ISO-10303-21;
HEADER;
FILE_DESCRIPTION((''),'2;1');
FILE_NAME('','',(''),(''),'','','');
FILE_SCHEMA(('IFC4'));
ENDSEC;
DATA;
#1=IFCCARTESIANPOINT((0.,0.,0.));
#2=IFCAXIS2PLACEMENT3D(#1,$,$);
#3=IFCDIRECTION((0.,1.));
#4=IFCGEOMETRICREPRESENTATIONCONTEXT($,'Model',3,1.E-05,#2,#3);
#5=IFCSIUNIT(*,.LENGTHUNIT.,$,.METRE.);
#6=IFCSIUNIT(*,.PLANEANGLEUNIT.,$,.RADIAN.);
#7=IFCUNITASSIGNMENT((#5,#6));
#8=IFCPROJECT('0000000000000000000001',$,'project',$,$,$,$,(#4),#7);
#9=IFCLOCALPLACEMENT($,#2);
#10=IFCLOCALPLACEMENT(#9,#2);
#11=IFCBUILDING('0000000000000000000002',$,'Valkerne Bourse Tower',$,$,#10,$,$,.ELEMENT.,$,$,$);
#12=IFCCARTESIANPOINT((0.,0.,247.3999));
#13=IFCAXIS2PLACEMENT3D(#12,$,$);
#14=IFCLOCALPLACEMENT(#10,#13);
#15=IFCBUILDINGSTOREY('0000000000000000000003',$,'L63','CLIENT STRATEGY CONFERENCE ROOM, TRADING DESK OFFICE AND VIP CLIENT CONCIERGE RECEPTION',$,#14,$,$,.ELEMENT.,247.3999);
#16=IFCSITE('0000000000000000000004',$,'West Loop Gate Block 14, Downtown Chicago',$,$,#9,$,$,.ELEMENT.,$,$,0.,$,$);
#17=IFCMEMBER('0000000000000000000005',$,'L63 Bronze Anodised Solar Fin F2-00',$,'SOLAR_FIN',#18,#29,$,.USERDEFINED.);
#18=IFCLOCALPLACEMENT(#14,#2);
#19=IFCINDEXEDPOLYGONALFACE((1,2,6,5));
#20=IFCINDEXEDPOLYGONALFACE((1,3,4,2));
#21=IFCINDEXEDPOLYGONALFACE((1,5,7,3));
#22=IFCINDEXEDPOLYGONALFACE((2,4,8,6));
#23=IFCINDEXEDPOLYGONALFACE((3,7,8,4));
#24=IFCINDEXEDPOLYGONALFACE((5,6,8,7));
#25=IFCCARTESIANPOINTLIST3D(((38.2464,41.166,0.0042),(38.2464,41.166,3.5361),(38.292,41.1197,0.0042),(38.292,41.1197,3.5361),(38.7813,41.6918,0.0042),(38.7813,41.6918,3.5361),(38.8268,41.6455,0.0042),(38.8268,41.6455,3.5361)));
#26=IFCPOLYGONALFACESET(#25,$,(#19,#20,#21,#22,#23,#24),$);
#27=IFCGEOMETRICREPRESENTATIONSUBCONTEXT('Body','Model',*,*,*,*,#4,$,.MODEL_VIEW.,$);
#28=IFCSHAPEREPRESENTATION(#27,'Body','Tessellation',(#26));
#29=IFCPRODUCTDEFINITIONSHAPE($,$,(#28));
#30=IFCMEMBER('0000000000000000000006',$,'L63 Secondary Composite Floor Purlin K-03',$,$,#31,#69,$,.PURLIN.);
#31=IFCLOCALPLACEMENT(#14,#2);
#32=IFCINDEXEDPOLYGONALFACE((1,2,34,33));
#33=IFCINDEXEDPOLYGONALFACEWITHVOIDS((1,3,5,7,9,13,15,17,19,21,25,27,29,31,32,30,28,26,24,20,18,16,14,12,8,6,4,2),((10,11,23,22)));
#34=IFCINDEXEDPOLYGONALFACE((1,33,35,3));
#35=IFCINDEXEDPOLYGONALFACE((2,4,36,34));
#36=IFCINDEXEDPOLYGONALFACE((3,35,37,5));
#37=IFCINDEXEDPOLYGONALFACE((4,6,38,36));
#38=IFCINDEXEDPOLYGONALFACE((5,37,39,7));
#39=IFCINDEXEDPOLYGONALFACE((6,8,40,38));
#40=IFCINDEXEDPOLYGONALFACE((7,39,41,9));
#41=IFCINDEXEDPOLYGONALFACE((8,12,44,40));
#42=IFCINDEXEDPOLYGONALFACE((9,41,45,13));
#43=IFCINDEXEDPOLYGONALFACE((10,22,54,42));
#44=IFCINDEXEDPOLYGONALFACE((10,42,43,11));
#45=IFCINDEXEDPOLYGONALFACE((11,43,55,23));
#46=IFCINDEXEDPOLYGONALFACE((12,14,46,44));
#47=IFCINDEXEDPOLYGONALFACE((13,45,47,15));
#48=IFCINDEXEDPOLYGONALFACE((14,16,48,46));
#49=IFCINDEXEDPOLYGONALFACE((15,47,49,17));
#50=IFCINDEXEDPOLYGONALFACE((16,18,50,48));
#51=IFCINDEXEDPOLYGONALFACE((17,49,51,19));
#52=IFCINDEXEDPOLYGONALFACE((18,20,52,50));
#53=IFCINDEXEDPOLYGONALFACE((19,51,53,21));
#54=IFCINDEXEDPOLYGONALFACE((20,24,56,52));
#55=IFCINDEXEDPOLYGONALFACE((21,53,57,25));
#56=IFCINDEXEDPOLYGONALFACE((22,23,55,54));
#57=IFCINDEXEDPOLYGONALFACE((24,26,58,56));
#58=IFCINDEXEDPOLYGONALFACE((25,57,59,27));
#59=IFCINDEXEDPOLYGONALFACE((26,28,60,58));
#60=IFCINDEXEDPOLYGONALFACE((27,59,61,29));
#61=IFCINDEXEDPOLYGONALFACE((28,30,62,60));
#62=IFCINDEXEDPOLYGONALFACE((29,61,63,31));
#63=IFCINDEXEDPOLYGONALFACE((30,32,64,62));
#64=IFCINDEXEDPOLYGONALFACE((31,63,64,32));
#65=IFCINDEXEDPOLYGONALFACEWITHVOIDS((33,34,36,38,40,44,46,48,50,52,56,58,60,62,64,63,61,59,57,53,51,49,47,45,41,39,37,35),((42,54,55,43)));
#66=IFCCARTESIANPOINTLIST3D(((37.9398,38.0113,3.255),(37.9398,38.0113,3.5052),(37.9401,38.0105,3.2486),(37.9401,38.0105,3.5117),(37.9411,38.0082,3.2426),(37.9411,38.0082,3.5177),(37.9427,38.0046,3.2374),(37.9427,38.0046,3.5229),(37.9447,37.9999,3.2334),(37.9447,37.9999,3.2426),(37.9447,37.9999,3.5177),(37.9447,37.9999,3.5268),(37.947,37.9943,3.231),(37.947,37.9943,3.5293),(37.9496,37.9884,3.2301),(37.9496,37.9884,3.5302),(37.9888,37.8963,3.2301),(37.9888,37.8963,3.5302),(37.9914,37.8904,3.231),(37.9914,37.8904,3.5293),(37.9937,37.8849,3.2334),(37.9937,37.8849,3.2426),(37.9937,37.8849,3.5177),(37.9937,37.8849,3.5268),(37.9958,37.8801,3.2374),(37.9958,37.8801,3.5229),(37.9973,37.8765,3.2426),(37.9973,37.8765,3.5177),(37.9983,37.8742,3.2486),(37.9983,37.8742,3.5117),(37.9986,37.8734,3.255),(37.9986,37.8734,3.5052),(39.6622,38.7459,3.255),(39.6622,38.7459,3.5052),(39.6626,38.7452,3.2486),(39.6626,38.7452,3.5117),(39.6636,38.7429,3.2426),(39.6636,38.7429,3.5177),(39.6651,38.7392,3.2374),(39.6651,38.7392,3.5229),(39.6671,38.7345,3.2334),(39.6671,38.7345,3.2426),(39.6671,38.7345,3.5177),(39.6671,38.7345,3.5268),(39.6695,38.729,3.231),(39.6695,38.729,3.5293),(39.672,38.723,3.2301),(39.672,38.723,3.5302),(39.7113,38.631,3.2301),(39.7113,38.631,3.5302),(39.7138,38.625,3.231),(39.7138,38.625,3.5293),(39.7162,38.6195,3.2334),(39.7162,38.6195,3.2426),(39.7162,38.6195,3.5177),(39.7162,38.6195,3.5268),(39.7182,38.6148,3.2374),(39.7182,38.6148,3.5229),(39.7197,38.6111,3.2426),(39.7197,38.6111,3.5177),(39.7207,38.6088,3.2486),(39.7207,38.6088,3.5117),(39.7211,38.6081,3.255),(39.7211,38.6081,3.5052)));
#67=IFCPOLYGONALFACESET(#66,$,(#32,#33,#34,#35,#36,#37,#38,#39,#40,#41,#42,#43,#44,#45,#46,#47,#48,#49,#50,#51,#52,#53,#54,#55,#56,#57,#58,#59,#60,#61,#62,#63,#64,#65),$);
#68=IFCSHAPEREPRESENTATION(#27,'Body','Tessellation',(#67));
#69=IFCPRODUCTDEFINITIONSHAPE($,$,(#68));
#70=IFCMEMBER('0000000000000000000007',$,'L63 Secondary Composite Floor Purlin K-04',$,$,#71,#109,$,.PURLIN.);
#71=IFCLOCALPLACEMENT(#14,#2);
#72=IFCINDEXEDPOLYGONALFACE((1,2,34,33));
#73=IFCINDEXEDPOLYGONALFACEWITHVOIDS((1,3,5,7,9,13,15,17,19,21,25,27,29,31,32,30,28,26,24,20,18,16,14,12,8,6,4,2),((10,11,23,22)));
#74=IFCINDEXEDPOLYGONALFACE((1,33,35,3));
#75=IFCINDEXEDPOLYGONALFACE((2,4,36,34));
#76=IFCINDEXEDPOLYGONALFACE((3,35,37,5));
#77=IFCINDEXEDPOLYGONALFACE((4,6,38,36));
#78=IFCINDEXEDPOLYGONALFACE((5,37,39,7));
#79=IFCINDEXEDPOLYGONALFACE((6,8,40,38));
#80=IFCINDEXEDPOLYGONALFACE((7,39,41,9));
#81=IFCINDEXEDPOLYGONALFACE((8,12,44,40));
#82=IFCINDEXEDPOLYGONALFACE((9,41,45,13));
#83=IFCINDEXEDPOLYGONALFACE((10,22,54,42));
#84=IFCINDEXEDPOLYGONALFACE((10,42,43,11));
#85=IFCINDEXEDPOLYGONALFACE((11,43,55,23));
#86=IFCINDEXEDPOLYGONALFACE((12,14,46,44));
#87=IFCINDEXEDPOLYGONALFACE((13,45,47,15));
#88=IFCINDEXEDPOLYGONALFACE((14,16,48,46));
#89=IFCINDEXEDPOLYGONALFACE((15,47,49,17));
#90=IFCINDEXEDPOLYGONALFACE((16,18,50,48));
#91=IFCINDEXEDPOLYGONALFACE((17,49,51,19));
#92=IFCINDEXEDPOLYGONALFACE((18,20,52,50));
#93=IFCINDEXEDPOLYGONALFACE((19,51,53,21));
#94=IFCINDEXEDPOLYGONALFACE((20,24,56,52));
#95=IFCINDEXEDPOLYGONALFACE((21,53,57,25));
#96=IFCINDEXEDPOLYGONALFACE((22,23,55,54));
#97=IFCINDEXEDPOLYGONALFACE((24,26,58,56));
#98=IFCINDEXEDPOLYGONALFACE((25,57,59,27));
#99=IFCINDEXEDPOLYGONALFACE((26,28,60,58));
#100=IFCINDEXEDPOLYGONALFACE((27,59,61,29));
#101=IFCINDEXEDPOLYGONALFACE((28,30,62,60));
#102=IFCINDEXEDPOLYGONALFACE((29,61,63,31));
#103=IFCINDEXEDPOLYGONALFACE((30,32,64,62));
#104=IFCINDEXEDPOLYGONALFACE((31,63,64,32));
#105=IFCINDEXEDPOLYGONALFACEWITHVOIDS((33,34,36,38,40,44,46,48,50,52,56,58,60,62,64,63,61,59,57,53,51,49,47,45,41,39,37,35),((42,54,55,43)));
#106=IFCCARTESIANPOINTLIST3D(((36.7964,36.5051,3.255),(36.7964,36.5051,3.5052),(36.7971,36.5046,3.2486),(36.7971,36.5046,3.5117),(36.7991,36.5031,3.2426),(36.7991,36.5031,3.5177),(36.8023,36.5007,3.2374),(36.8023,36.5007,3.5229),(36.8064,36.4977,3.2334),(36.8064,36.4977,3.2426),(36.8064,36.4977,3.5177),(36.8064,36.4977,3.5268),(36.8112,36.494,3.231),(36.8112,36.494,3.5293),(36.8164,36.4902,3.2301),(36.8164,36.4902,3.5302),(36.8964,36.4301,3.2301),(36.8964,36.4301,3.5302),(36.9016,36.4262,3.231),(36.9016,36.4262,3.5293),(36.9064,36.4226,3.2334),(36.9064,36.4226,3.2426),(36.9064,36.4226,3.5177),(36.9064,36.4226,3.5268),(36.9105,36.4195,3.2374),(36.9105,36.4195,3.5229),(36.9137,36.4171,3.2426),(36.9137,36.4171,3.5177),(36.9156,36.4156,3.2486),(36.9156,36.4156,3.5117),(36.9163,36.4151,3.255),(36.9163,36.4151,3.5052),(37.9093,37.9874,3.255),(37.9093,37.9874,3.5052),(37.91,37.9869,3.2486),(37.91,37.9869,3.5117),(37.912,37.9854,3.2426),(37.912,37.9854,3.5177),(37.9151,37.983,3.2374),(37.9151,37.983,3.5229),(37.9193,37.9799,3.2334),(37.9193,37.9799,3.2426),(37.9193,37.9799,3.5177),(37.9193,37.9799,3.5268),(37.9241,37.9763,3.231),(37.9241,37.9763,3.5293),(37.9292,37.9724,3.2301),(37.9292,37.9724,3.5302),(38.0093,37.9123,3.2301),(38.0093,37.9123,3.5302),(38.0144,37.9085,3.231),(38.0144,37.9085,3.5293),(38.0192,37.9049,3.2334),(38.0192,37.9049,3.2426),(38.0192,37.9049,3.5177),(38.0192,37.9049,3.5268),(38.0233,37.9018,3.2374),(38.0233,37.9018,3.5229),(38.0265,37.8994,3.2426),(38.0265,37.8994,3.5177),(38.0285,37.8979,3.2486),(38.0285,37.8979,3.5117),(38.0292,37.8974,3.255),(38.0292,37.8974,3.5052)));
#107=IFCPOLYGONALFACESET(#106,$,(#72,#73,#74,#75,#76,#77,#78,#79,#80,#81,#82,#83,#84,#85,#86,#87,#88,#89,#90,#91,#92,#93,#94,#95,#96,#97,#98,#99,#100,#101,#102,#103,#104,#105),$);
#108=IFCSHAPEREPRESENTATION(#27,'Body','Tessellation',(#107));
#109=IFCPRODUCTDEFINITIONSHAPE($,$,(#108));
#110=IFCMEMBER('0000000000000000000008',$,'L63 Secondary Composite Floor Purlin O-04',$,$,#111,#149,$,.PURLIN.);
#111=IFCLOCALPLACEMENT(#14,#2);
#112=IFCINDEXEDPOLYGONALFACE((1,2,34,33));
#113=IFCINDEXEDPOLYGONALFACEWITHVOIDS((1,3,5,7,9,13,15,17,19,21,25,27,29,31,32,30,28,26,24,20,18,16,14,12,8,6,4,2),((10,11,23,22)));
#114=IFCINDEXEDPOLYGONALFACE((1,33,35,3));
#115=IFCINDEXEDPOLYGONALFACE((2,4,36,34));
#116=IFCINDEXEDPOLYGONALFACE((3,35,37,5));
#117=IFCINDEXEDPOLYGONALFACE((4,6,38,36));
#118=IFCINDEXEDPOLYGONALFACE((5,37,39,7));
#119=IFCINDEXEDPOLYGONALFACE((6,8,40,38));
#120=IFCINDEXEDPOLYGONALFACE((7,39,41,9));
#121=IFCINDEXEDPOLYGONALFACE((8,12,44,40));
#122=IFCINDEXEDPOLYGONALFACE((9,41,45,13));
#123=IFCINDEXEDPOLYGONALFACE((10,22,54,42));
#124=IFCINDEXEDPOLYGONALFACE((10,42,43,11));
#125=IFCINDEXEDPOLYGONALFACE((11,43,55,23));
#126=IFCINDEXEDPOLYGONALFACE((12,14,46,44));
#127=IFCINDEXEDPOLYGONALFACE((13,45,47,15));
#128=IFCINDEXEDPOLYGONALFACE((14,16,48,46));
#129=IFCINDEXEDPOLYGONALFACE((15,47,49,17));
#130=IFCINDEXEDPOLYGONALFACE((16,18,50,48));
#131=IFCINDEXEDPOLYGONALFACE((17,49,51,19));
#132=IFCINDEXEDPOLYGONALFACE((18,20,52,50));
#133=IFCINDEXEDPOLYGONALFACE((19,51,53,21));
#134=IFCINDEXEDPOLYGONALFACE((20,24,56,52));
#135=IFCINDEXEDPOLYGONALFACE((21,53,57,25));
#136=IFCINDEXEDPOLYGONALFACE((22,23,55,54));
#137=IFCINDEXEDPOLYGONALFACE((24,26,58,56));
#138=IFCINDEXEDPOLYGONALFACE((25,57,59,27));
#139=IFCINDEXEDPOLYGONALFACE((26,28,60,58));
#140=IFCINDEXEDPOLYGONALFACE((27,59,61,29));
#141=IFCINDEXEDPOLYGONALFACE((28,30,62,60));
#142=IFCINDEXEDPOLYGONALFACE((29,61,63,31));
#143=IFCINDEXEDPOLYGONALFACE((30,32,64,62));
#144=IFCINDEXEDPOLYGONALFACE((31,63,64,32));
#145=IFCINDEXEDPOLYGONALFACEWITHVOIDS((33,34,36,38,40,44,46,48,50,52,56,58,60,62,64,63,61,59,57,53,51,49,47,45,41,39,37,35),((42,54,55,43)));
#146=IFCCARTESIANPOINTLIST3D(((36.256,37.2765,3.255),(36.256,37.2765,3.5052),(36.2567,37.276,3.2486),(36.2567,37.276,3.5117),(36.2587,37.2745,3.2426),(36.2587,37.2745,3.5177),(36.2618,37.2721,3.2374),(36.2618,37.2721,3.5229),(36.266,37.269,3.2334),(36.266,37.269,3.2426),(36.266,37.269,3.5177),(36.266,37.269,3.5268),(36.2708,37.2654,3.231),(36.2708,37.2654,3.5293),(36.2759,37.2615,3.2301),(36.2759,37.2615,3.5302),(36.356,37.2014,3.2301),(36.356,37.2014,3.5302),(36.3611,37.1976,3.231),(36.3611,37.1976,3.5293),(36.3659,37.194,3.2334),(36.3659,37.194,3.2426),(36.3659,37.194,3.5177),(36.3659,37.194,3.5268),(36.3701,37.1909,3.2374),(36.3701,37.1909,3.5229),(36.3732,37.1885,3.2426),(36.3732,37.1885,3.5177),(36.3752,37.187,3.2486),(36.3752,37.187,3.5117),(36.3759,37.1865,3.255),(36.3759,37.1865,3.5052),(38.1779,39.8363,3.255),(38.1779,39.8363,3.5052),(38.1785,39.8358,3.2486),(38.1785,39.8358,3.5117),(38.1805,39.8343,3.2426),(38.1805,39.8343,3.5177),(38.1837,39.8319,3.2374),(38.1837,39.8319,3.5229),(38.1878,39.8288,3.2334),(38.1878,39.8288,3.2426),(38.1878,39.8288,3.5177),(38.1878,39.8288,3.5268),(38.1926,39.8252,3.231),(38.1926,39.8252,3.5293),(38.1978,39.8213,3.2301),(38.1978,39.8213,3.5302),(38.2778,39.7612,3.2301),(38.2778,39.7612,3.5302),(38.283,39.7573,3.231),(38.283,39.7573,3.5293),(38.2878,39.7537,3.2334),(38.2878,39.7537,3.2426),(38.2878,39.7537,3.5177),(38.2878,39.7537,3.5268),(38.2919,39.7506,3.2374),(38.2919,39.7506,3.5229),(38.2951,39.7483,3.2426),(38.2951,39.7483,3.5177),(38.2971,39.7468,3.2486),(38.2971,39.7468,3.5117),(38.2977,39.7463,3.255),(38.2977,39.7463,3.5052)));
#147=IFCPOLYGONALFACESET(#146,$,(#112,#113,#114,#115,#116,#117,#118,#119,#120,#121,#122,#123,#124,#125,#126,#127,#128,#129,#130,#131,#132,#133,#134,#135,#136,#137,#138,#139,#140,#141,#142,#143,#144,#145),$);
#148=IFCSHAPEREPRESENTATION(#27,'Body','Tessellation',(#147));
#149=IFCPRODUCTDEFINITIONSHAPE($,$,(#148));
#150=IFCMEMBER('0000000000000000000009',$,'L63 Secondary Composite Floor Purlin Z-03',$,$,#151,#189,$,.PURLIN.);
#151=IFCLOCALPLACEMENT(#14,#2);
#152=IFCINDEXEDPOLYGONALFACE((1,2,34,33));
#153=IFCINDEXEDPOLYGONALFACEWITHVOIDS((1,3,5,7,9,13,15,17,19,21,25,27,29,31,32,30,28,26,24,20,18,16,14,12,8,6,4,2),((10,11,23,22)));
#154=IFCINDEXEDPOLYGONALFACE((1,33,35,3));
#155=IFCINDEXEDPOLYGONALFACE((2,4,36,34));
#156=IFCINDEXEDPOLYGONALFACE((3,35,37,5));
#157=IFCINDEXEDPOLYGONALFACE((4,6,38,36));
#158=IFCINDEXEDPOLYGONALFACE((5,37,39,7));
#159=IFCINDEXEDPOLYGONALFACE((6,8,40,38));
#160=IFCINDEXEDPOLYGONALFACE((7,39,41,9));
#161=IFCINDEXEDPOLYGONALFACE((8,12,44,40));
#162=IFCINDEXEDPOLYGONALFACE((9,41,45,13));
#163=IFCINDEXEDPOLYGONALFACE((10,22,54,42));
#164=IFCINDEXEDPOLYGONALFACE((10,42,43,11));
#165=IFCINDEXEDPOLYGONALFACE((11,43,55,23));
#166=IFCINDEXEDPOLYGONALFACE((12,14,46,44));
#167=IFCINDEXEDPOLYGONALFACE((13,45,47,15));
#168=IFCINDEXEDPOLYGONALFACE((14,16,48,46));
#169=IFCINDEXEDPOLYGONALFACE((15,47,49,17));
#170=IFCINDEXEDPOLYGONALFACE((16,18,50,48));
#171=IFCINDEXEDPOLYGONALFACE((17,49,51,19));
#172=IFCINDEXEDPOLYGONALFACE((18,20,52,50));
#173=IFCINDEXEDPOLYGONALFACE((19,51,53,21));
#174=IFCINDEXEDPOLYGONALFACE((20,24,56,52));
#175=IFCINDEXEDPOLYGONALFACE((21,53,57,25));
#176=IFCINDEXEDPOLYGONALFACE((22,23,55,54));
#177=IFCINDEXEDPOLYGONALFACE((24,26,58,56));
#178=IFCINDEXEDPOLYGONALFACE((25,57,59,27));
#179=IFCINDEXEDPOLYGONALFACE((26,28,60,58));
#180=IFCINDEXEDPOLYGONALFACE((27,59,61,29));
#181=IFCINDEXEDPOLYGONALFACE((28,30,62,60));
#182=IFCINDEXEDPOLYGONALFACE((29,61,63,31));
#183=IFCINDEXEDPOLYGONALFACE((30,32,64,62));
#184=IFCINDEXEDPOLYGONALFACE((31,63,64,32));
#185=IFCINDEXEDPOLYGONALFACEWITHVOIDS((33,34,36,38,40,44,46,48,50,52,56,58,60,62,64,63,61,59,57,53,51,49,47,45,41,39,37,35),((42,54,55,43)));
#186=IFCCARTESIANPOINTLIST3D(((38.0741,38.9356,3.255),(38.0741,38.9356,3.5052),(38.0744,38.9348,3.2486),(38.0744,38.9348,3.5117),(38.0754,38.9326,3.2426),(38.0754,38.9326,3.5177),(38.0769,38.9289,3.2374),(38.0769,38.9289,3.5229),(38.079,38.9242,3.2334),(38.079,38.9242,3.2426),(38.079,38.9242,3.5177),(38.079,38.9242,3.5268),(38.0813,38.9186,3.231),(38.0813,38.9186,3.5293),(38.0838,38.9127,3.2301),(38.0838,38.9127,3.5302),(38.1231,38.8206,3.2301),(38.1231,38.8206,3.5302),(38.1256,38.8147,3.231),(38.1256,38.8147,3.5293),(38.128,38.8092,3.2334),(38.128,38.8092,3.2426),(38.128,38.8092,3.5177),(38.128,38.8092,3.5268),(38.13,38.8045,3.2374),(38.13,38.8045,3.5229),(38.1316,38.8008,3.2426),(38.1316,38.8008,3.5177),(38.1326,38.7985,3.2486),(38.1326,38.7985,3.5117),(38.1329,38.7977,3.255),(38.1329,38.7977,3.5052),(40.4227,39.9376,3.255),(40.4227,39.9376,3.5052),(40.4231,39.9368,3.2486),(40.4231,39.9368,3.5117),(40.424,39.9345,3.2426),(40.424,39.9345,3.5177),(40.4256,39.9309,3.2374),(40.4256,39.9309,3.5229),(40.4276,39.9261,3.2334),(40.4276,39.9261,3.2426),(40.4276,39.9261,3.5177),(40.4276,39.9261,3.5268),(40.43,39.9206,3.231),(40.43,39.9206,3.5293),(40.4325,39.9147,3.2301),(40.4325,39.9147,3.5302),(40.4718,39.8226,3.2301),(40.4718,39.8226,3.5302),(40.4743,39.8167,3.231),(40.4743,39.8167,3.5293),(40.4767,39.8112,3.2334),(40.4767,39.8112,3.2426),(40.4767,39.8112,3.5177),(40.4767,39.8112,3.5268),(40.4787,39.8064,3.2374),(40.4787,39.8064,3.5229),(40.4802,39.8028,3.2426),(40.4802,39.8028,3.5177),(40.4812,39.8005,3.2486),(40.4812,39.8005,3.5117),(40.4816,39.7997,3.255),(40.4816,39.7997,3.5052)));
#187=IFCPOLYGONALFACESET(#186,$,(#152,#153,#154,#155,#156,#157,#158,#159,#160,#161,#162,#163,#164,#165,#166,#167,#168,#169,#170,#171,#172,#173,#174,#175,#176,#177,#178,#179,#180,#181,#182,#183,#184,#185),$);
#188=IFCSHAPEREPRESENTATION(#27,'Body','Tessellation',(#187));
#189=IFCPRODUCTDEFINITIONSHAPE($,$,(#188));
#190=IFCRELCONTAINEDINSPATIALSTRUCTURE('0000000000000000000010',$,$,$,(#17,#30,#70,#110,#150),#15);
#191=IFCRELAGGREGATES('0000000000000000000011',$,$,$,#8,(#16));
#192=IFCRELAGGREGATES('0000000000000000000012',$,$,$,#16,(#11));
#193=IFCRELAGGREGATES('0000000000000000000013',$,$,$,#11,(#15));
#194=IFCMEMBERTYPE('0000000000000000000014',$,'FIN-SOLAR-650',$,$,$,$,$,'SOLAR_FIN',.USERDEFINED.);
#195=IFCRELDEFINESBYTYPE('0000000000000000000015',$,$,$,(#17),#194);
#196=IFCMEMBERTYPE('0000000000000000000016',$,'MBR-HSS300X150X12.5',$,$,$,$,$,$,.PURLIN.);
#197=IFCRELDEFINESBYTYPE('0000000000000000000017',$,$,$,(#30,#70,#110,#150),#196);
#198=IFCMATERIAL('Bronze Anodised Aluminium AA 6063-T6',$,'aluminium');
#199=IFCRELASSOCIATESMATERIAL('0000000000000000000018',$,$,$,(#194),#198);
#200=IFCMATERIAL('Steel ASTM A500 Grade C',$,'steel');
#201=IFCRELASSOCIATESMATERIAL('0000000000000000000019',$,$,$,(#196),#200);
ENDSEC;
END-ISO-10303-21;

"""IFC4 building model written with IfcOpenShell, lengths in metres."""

from ifc_helpers import new_model, si_unit, direction, frame, origin, origin_2d, place, context, subcontext, project, spatial, rectangle, hollow_rectangle, extrude, material, material_profile, profile_set, type_object, element, save


model = new_model("IFC4")

# Units and contexts
model_context = context("Model", 3, precision=1e-05, world=origin(), true_north=direction((0.0, 1.0)))
body_context = subcontext(model_context, "Body", "Model", "MODEL_VIEW")
ifc_project = project(units=[si_unit("LENGTHUNIT", "METRE"), si_unit("PLANEANGLEUNIT", "RADIAN")], contexts=[model_context])

# Site, building, storey
site_placement = place(None, origin())
site = spatial("IfcSite", under=ifc_project, at=site_placement, Name="West Loop Gate Block 14, Downtown Chicago", CompositionType="ELEMENT", RefElevation=0.0)
building_placement = place(site_placement, origin())
building = spatial("IfcBuilding", under=site, at=building_placement, Name="Valkerne Bourse Tower", CompositionType="ELEMENT")
storey_placement = place(building_placement, frame((0.0, 0.0, 247.3999)))
storey = spatial("IfcBuildingStorey", under=building, at=storey_placement, Name="L63", Description="CLIENT STRATEGY CONFERENCE ROOM, TRADING DESK OFFICE AND VIP CLIENT CONCIERGE RECEPTION", CompositionType="ELEMENT", Elevation=247.3999)

# Members
ifc_material_1 = material(Name="Bronze Anodised Aluminium AA 6063-T6", Category="aluminium")
ifc_material_profile_1 = material_profile(ifc_material_1, rectangle(XDim=0.0649, YDim=0.75, at=origin_2d()), Name="FIN-65X750")
ifc_profile_set_1 = profile_set([ifc_material_profile_1], Name="Bronze Anodised Aluminium AA 6063-T6")
member_type_1 = type_object("IfcMemberType", Name="FIN-SOLAR-650", ElementType="SOLAR_FIN", PredefinedType="USERDEFINED", material=ifc_profile_set_1)
member_1_placement = place(storey_placement, frame((38.5366, 41.4058, 0.0042), z_axis=(0.0, 0.0, 1.0), x_axis=(-0.70107, 0.713093, 0.0)))
element("IfcMember", 1, at=member_1_placement, inside=storey, type_object=member_type_1, Name="L63 Bronze Anodised Solar Fin F2-00", ObjectType="SOLAR_FIN", PredefinedType="USERDEFINED", context=body_context, shape_type="SweptSolid", body=[
    extrude(rectangle(XDim=0.0649, YDim=0.75, at=origin_2d()), origin(), (0.0, 0.0, 1.0), 3.532),
])
ifc_material_2 = material(Name="Steel ASTM A500 Grade C", Category="steel")
ifc_material_profile_2 = material_profile(ifc_material_2, hollow_rectangle(XDim=0.1499, YDim=0.3, WallThickness=0.0125, OuterFilletRadius=0.0249, at=origin_2d()), Name="HSS300X150X12.5")
ifc_profile_set_2 = profile_set([ifc_material_profile_2], Name="Steel ASTM A500 Grade C")
member_type_2 = type_object("IfcMemberType", Name="MBR-HSS300X150X12.5", PredefinedType="PURLIN", material=ifc_profile_set_2)
member_2_placement = place(storey_placement, frame((39.6917, 38.677, 3.3801), z_axis=(-0.919831, -0.392314, 0.0), x_axis=(0.392314, -0.919831, 0.0)))
element("IfcMember", 2, at=member_2_placement, inside=storey, type_object=member_type_2, Name="L63 Secondary Composite Floor Purlin K-03", PredefinedType="PURLIN", context=body_context, shape_type="SweptSolid", body=[
    extrude(hollow_rectangle(XDim=0.1499, YDim=0.3, WallThickness=0.0125, OuterFilletRadius=0.0249, at=origin_2d()), origin(), (0.0, 0.0, 1.0), 1.8726),
])
member_3_placement = place(storey_placement, frame((37.9692, 37.9424, 3.3801), z_axis=(-0.6004, -0.7997, 0.0), x_axis=(0.7997, -0.6004, 0.0)))
element("IfcMember", 3, at=member_3_placement, inside=storey, type_object=member_type_2, Name="L63 Secondary Composite Floor Purlin K-04", PredefinedType="PURLIN", context=body_context, shape_type="SweptSolid", body=[
    extrude(hollow_rectangle(XDim=0.1499, YDim=0.3, WallThickness=0.0125, OuterFilletRadius=0.0249, at=origin_2d()), origin(), (0.0, 0.0, 1.0), 1.8535),
])
member_4_placement = place(storey_placement, frame((38.2378, 39.7913, 3.3801), z_axis=(-0.600403, -0.799698, 0.0), x_axis=(0.799698, -0.600403, 0.0)))
element("IfcMember", 4, at=member_4_placement, inside=storey, type_object=member_type_2, Name="L63 Secondary Composite Floor Purlin O-04", PredefinedType="PURLIN", context=body_context, shape_type="SweptSolid", body=[
    extrude(hollow_rectangle(XDim=0.1499, YDim=0.3, WallThickness=0.0125, OuterFilletRadius=0.0249, at=origin_2d()), origin(), (0.0, 0.0, 1.0), 3.2009),
])
member_5_placement = place(storey_placement, frame((40.4521, 39.8687, 3.3801), z_axis=(-0.919797, -0.392396, 0.0), x_axis=(0.392396, -0.919797, 0.0)))
element("IfcMember", 5, at=member_5_placement, inside=storey, type_object=member_type_2, Name="L63 Secondary Composite Floor Purlin Z-03", PredefinedType="PURLIN", context=body_context, shape_type="SweptSolid", body=[
    extrude(hollow_rectangle(XDim=0.1499, YDim=0.3, WallThickness=0.0125, OuterFilletRadius=0.0249, at=origin_2d()), origin(), (0.0, 0.0, 1.0), 2.5535),
])

save(model, "model.ifc")
